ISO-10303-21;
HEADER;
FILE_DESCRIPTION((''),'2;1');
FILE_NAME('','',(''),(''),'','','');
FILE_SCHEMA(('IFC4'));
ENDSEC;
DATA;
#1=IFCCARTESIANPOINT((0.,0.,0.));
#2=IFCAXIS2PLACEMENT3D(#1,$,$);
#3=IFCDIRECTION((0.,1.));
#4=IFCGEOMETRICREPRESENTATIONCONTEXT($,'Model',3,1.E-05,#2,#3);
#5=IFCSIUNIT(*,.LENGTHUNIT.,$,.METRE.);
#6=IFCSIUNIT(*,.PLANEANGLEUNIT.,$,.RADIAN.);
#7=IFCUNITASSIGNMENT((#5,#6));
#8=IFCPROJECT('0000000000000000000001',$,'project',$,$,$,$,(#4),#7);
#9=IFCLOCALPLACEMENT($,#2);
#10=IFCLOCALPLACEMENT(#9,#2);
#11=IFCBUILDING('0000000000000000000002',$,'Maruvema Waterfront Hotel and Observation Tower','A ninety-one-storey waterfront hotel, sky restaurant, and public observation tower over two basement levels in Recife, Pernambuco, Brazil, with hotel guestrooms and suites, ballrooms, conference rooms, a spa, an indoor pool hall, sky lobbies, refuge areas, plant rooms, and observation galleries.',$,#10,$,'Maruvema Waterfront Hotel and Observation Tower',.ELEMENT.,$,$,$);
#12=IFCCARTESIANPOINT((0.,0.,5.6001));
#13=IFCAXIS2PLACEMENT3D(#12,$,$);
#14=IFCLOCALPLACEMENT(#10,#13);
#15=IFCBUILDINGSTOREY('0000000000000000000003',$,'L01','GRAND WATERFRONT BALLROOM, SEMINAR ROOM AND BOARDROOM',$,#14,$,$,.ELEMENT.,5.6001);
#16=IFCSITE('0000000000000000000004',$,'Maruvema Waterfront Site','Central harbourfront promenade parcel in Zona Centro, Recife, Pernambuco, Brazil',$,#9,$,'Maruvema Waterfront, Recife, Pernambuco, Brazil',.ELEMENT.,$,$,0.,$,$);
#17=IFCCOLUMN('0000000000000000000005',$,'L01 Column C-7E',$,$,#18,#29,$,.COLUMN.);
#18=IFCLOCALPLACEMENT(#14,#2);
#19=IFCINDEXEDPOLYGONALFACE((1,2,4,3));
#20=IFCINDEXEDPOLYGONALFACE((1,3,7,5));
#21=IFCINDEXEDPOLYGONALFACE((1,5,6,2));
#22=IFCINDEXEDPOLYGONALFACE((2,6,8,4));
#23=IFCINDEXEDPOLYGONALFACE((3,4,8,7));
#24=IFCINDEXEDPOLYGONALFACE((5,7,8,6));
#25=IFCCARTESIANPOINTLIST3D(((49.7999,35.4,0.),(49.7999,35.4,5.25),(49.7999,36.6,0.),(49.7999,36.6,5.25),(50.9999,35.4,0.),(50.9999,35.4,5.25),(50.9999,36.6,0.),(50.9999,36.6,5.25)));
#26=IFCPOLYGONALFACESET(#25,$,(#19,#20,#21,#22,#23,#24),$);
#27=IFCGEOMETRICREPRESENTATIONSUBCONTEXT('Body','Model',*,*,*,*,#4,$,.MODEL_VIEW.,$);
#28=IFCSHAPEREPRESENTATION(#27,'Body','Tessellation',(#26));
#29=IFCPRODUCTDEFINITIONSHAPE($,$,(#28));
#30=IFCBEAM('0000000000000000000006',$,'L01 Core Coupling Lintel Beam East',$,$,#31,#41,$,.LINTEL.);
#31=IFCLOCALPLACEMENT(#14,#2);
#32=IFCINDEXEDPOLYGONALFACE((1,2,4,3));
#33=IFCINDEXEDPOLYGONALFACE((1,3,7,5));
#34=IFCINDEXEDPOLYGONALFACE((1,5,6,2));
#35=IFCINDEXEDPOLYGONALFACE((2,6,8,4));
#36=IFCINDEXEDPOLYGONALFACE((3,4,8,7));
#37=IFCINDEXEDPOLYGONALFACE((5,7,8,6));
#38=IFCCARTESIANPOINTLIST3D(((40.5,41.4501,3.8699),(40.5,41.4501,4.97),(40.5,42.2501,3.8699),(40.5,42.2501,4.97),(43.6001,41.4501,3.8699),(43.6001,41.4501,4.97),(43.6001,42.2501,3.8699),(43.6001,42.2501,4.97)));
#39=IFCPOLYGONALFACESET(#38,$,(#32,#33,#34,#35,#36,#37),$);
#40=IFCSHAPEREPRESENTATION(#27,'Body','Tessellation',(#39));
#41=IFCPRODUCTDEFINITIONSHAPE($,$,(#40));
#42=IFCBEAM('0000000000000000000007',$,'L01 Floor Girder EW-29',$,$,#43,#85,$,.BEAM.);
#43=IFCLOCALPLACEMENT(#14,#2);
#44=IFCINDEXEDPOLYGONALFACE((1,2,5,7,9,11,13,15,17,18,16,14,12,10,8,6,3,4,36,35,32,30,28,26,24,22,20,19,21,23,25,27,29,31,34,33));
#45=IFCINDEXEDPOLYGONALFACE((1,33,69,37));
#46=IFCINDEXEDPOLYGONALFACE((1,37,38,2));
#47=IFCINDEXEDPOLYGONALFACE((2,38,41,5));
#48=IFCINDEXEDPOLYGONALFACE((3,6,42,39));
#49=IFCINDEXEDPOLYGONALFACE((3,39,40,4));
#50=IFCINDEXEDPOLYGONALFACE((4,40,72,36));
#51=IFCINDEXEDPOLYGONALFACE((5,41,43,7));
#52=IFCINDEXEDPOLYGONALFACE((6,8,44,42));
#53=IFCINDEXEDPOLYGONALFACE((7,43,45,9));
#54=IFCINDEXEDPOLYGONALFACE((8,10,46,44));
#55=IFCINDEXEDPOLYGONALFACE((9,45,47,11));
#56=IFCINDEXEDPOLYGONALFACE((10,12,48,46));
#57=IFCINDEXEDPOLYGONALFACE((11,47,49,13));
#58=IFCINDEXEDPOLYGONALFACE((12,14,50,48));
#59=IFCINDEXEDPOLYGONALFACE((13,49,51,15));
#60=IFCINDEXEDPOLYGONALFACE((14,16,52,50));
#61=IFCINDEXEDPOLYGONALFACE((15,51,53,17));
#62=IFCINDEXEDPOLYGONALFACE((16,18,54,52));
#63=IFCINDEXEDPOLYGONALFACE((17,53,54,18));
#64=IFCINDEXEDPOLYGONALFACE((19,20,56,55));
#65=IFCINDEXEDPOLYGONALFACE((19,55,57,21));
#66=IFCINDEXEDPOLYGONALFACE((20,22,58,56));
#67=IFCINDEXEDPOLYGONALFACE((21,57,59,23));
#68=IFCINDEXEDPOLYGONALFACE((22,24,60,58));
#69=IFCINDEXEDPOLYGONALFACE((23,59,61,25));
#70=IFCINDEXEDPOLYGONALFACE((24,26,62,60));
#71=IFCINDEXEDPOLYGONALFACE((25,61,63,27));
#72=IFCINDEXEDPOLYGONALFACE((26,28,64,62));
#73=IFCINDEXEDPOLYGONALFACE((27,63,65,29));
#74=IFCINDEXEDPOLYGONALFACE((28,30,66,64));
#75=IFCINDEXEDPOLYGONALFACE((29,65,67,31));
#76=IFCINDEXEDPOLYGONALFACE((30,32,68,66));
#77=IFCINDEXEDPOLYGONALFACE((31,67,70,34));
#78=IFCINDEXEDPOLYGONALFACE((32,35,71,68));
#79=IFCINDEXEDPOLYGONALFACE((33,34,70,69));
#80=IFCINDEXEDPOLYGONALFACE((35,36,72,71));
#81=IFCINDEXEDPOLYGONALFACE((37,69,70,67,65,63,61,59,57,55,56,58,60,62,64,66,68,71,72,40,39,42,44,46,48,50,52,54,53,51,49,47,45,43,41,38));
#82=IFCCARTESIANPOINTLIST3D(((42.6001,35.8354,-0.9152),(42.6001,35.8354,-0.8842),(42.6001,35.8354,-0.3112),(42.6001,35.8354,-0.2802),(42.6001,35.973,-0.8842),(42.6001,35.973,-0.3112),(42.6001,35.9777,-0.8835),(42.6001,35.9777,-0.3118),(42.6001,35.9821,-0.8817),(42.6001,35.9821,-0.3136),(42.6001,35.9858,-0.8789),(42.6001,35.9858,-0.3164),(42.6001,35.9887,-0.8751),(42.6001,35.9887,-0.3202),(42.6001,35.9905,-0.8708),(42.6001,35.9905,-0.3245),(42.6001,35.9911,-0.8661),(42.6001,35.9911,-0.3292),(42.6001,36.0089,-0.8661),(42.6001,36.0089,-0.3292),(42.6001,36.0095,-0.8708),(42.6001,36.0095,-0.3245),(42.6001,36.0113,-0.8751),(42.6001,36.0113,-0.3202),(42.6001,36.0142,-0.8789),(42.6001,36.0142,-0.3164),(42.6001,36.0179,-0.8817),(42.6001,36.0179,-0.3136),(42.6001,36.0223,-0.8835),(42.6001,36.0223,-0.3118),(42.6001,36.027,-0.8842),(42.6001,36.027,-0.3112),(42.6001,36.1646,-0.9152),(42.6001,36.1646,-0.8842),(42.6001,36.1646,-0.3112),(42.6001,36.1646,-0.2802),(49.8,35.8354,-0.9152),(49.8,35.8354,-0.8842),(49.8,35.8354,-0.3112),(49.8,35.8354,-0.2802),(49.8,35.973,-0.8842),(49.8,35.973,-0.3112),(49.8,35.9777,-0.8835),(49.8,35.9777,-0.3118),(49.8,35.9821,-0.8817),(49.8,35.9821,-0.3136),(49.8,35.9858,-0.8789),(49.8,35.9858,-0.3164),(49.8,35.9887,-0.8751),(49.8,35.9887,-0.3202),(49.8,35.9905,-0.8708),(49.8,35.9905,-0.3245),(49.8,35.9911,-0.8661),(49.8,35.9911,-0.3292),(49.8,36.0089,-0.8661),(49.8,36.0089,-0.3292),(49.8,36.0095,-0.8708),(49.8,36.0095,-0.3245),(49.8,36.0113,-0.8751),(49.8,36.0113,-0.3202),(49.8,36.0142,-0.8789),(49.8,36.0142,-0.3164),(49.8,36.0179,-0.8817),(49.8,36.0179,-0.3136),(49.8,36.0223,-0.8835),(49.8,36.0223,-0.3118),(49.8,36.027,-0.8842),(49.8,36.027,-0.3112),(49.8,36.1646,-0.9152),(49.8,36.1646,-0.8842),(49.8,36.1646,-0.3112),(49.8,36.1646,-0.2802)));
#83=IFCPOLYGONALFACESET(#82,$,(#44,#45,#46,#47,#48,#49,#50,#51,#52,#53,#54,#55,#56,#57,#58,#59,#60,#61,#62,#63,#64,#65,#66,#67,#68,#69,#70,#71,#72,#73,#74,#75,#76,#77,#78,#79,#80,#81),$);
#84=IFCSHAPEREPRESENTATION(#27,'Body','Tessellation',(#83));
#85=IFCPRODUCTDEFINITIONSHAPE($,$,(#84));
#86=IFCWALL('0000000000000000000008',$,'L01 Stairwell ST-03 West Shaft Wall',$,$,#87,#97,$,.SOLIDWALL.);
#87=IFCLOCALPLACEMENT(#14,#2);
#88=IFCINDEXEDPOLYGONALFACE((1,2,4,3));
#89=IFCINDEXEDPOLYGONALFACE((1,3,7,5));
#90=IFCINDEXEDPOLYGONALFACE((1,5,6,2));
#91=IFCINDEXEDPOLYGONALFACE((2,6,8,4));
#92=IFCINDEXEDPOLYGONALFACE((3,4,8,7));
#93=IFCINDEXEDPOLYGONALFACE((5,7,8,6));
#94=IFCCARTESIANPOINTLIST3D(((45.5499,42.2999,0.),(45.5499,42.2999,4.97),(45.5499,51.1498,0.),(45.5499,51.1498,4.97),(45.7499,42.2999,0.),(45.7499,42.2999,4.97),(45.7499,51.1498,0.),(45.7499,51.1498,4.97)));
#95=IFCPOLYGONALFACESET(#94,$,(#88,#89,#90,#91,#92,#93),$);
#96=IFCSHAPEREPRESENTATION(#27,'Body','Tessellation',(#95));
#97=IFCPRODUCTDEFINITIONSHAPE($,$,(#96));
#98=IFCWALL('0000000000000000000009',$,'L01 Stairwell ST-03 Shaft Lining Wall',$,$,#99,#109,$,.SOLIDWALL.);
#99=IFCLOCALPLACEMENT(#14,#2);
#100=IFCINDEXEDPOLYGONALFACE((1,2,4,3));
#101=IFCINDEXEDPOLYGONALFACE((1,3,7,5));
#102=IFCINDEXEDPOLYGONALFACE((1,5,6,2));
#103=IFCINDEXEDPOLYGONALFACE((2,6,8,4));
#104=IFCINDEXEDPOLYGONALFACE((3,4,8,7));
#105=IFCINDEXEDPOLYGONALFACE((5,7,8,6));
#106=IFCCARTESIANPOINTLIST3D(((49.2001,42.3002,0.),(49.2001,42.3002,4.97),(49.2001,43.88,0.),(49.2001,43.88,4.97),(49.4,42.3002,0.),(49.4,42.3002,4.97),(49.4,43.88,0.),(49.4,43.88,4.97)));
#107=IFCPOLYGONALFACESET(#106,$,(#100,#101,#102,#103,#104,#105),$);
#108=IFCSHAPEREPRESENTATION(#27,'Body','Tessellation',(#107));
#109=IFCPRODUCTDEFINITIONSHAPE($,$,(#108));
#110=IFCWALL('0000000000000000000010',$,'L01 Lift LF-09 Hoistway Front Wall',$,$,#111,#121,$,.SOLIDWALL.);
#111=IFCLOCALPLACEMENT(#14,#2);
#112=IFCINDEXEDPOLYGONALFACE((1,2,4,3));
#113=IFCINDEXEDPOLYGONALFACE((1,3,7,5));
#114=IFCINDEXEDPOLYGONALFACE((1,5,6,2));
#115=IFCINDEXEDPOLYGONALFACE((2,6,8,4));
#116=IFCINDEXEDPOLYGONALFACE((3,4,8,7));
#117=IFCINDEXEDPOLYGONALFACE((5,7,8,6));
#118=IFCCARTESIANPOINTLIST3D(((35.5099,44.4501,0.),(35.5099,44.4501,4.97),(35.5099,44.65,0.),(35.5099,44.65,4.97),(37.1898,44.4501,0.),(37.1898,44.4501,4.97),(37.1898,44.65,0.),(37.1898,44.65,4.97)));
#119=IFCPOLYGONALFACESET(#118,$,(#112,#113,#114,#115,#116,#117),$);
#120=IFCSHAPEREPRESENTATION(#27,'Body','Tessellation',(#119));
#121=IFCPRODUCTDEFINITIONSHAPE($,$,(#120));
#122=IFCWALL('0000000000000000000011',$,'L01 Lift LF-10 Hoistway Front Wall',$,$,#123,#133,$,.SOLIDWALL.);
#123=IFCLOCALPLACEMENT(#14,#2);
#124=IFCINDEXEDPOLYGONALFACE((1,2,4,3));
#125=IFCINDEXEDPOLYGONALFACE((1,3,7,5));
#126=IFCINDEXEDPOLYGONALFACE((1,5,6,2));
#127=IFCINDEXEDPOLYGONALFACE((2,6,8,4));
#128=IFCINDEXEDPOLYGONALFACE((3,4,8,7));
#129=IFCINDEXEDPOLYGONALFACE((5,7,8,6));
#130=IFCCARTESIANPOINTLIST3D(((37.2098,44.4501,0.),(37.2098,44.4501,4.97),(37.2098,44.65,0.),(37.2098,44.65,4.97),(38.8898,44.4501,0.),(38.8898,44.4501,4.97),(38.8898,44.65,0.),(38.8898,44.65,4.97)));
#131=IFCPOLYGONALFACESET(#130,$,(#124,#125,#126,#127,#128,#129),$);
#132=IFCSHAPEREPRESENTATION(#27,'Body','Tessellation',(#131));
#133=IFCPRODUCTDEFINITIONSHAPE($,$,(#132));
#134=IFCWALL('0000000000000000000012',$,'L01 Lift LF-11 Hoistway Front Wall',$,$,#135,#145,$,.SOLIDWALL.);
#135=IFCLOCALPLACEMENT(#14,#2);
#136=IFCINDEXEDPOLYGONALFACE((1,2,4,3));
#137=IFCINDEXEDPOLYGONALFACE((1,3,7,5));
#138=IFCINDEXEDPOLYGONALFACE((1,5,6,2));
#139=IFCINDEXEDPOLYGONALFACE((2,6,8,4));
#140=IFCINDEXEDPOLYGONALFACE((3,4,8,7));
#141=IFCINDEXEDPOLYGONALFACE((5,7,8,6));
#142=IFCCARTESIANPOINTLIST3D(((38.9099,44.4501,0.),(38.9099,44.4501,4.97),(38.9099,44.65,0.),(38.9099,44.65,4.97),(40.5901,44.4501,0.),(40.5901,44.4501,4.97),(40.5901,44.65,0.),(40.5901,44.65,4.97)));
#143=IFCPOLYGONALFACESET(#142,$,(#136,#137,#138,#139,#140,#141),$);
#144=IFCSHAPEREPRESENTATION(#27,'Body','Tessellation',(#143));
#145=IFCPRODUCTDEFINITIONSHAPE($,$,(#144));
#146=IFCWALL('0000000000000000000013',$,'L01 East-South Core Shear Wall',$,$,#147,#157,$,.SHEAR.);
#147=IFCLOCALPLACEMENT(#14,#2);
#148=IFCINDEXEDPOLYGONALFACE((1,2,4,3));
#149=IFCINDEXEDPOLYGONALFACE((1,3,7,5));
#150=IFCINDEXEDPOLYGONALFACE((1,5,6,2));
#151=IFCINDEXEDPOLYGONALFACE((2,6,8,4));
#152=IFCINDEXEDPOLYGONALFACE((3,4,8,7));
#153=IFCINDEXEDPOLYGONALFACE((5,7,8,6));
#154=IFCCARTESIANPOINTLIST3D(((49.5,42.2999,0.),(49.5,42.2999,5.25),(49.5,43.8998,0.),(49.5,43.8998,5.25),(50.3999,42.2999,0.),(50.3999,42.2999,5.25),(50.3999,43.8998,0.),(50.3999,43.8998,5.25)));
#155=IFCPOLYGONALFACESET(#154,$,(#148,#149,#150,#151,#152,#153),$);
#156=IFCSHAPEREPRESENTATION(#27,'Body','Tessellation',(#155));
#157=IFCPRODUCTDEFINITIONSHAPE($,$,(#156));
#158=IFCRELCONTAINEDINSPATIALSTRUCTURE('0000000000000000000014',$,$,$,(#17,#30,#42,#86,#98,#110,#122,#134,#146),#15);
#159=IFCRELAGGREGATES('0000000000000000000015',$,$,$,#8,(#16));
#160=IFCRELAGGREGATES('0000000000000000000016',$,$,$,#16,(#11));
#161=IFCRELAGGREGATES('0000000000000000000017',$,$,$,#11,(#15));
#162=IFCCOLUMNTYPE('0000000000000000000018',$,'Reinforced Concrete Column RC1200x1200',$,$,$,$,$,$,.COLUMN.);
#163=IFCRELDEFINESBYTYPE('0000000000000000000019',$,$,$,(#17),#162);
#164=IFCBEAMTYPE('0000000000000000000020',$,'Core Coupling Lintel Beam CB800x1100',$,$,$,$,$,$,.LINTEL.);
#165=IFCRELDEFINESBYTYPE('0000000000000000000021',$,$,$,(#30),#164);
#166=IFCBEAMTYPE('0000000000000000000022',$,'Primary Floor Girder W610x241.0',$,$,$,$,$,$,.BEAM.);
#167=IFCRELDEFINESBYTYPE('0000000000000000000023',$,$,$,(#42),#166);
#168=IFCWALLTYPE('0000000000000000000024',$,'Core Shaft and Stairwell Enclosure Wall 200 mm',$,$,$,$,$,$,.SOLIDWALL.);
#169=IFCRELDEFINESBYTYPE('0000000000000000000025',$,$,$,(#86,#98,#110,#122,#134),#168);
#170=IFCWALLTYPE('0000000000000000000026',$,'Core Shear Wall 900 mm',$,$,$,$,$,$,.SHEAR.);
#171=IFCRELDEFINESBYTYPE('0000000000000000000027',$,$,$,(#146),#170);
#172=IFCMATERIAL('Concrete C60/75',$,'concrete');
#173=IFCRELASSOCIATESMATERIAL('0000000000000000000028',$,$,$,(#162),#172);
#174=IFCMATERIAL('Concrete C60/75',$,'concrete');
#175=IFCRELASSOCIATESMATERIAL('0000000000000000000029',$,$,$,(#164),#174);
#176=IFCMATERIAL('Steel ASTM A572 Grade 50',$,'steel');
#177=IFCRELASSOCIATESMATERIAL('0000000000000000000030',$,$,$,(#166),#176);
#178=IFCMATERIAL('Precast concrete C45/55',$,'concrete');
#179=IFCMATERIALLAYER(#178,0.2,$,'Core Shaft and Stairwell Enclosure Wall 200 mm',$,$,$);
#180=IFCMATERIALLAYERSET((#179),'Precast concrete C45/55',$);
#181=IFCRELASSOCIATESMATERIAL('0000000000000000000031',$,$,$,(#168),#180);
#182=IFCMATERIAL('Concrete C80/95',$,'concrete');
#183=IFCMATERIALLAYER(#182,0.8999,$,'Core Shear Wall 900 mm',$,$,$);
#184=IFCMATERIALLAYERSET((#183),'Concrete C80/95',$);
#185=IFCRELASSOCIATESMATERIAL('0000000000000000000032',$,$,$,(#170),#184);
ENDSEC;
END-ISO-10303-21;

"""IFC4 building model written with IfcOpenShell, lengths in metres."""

from ifc_helpers import new_model, si_unit, direction, frame, frame_2d, origin, origin_2d, place, context, subcontext, project, spatial, rectangle, i_section, extrude, material, layer, layer_set, material_profile, profile_set, type_object, element, save


model = new_model("IFC4")

# Units and contexts
model_context = context("Model", 3, precision=1e-05, world=origin(), true_north=direction((0.0, 1.0)))
body_context = subcontext(model_context, "Body", "Model", "MODEL_VIEW")
ifc_project = project(units=[si_unit("LENGTHUNIT", "METRE"), si_unit("PLANEANGLEUNIT", "RADIAN")], contexts=[model_context])

# Site, building, storey
site_placement = place(None, origin())
site = spatial("IfcSite", under=ifc_project, at=site_placement, Name="Maruvema Waterfront Site", Description="Central harbourfront promenade parcel in Zona Centro, Recife, Pernambuco, Brazil", LongName="Maruvema Waterfront, Recife, Pernambuco, Brazil", CompositionType="ELEMENT", RefElevation=0.0)
building_placement = place(site_placement, origin())
building = spatial("IfcBuilding", under=site, at=building_placement, Name="Maruvema Waterfront Hotel and Observation Tower", Description="A ninety-one-storey waterfront hotel, sky restaurant, and public observation tower over two basement levels in Recife, Pernambuco, Brazil, with hotel guestrooms and suites, ballrooms, conference rooms, a spa, an indoor pool hall, sky lobbies, refuge areas, plant rooms, and observation galleries.", LongName="Maruvema Waterfront Hotel and Observation Tower", CompositionType="ELEMENT")
storey_placement = place(building_placement, frame((0.0, 0.0, 5.6001)))
storey = spatial("IfcBuildingStorey", under=building, at=storey_placement, Name="L01", Description="GRAND WATERFRONT BALLROOM, SEMINAR ROOM AND BOARDROOM", CompositionType="ELEMENT", Elevation=5.6001)

# Column
ifc_material_1 = material(Name="Concrete C60/75", Category="concrete")
ifc_material_profile_1 = material_profile(ifc_material_1, rectangle(XDim=1.2, YDim=1.2, at=origin_2d()), Name="RC1200x1200")
ifc_profile_set_1 = profile_set([ifc_material_profile_1], Name="Concrete C60/75")
column_type = type_object("IfcColumnType", Name="Reinforced Concrete Column RC1200x1200", PredefinedType="COLUMN", material=ifc_profile_set_1)
column_placement = place(storey_placement, frame((50.3999, 36.0, 0.0), z_axis=(0.0, 0.0, 1.0), x_axis=(1.0, 0.0, 0.0)))
element("IfcColumn", 1, at=column_placement, inside=storey, type_object=column_type, Name="L01 Column C-7E", PredefinedType="COLUMN", context=body_context, shape_type="SweptSolid", body=[
    extrude(rectangle(XDim=1.2, YDim=1.2, at=origin_2d()), origin(), (0.0, 0.0, 1.0), 5.25),
])

# Beams
ifc_material_2 = material(Name="Concrete C60/75", Category="concrete")
ifc_material_profile_2 = material_profile(ifc_material_2, rectangle(XDim=0.8, YDim=1.1001, at=origin_2d()), Name="CB800x1100")
ifc_profile_set_2 = profile_set([ifc_material_profile_2], Name="Concrete C60/75")
beam_type_1 = type_object("IfcBeamType", Name="Core Coupling Lintel Beam CB800x1100", PredefinedType="LINTEL", material=ifc_profile_set_2)
beam_1_placement = place(storey_placement, frame((40.5, 41.8501, 4.4199), z_axis=(1.0, 0.0, 0.0), x_axis=(0.0, 1.0, 0.0)))
element("IfcBeam", 2, at=beam_1_placement, inside=storey, type_object=beam_type_1, Name="L01 Core Coupling Lintel Beam East", PredefinedType="LINTEL", context=body_context, shape_type="SweptSolid", body=[
    extrude(rectangle(XDim=0.8, YDim=1.1001, at=origin_2d()), origin(), (0.0, 0.0, 1.0), 3.1001),
])
ifc_material_3 = material(Name="Steel ASTM A572 Grade 50", Category="steel")
ifc_material_profile_3 = material_profile(ifc_material_3, i_section(OverallWidth=0.3291, OverallDepth=0.635, WebThickness=0.0178, FlangeThickness=0.031, FilletRadius=0.0181, at=origin_2d()), Name="W610x241.0")
ifc_profile_set_3 = profile_set([ifc_material_profile_3], Name="Steel ASTM A572 Grade 50")
beam_type_2 = type_object("IfcBeamType", Name="Primary Floor Girder W610x241.0", PredefinedType="BEAM", material=ifc_profile_set_3)
beam_2_placement = place(storey_placement, frame((42.6001, 36.0, -0.5977), z_axis=(1.0, 0.0, 0.0), x_axis=(0.0, 1.0, 0.0)))
element("IfcBeam", 3, at=beam_2_placement, inside=storey, type_object=beam_type_2, Name="L01 Floor Girder EW-29", PredefinedType="BEAM", context=body_context, shape_type="SweptSolid", body=[
    extrude(i_section(OverallWidth=0.3291, OverallDepth=0.635, WebThickness=0.0178, FlangeThickness=0.031, FilletRadius=0.0181, at=origin_2d()), origin(), (0.0, 0.0, 1.0), 7.2),
])

# Walls
ifc_material_4 = material(Name="Precast concrete C45/55", Category="concrete")
ifc_layer_1 = layer(ifc_material_4, 0.2, Name="Core Shaft and Stairwell Enclosure Wall 200 mm")
ifc_layer_set_1 = layer_set([ifc_layer_1], Name="Precast concrete C45/55")
wall_type_1 = type_object("IfcWallType", Name="Core Shaft and Stairwell Enclosure Wall 200 mm", PredefinedType="SOLIDWALL", material=ifc_layer_set_1)
wall_1_placement = place(storey_placement, frame((45.6499, 42.3, 0.0), z_axis=(0.0, 0.0, 1.0), x_axis=(0.0, 1.0, 0.0)))
element("IfcWall", 4, at=wall_1_placement, inside=storey, type_object=wall_type_1, Name="L01 Stairwell ST-03 West Shaft Wall", PredefinedType="SOLIDWALL", context=body_context, shape_type="SweptSolid", body=[
    extrude(rectangle(XDim=8.8499, YDim=0.2, at=frame_2d((4.4248, 0.0))), origin(), (0.0, 0.0, 1.0), 4.97),
])
wall_2_placement = place(storey_placement, frame((49.3, 42.3, 0.0), z_axis=(0.0, 0.0, 1.0), x_axis=(0.0, 1.0, 0.0)))
element("IfcWall", 5, at=wall_2_placement, inside=storey, type_object=wall_type_1, Name="L01 Stairwell ST-03 Shaft Lining Wall", PredefinedType="SOLIDWALL", context=body_context, shape_type="SweptSolid", body=[
    extrude(rectangle(XDim=1.5798, YDim=0.2, at=frame_2d((0.79, 0.0))), origin(), (0.0, 0.0, 1.0), 4.97),
])
for number, where, z_axis, x_axis, name in (
    (6, (35.51, 44.55, 0.0), (0.0, 0.0, 1.0), (1.0, 0.0, 0.0), "L01 Lift LF-09 Hoistway Front Wall"),
    (7, (37.21, 44.55, 0.0), (0.0, 0.0, 1.0), (1.0, 0.0, 0.0), "L01 Lift LF-10 Hoistway Front Wall"),
):
    element("IfcWall", number, at=place(storey_placement, frame(where, z_axis=z_axis, x_axis=x_axis)), inside=storey, type_object=wall_type_1, Name=name, PredefinedType="SOLIDWALL", context=body_context, shape_type="SweptSolid", body=[
        extrude(rectangle(XDim=1.6799, YDim=0.2, at=frame_2d((0.8398, 0.0))), origin(), (0.0, 0.0, 1.0), 4.97),
    ])
wall_3_placement = place(storey_placement, frame((38.9099, 44.55, 0.0), z_axis=(0.0, 0.0, 1.0), x_axis=(1.0, 0.0, 0.0)))
element("IfcWall", 8, at=wall_3_placement, inside=storey, type_object=wall_type_1, Name="L01 Lift LF-11 Hoistway Front Wall", PredefinedType="SOLIDWALL", context=body_context, shape_type="SweptSolid", body=[
    extrude(rectangle(XDim=1.6802, YDim=0.2, at=frame_2d((0.8401, 0.0))), origin(), (0.0, 0.0, 1.0), 4.97),
])

# Shared definitions
ifc_material_5 = material(Name="Concrete C80/95", Category="concrete")
ifc_layer_2 = layer(ifc_material_5, 0.8999, Name="Core Shear Wall 900 mm")
ifc_layer_set_2 = layer_set([ifc_layer_2], Name="Concrete C80/95")
wall_type_2 = type_object("IfcWallType", Name="Core Shear Wall 900 mm", PredefinedType="SHEAR", material=ifc_layer_set_2)

# Wall
wall_4_placement = place(storey_placement, frame((49.95, 42.3, 0.0), z_axis=(0.0, 0.0, 1.0), x_axis=(0.0, 1.0, 0.0)))
element("IfcWall", 9, at=wall_4_placement, inside=storey, type_object=wall_type_2, Name="L01 East-South Core Shear Wall", PredefinedType="SHEAR", context=body_context, shape_type="SweptSolid", body=[
    extrude(rectangle(XDim=1.5999, YDim=0.8999, at=frame_2d((0.7998, 0.0))), origin(), (0.0, 0.0, 1.0), 5.25),
])

save(model, "model.ifc")
